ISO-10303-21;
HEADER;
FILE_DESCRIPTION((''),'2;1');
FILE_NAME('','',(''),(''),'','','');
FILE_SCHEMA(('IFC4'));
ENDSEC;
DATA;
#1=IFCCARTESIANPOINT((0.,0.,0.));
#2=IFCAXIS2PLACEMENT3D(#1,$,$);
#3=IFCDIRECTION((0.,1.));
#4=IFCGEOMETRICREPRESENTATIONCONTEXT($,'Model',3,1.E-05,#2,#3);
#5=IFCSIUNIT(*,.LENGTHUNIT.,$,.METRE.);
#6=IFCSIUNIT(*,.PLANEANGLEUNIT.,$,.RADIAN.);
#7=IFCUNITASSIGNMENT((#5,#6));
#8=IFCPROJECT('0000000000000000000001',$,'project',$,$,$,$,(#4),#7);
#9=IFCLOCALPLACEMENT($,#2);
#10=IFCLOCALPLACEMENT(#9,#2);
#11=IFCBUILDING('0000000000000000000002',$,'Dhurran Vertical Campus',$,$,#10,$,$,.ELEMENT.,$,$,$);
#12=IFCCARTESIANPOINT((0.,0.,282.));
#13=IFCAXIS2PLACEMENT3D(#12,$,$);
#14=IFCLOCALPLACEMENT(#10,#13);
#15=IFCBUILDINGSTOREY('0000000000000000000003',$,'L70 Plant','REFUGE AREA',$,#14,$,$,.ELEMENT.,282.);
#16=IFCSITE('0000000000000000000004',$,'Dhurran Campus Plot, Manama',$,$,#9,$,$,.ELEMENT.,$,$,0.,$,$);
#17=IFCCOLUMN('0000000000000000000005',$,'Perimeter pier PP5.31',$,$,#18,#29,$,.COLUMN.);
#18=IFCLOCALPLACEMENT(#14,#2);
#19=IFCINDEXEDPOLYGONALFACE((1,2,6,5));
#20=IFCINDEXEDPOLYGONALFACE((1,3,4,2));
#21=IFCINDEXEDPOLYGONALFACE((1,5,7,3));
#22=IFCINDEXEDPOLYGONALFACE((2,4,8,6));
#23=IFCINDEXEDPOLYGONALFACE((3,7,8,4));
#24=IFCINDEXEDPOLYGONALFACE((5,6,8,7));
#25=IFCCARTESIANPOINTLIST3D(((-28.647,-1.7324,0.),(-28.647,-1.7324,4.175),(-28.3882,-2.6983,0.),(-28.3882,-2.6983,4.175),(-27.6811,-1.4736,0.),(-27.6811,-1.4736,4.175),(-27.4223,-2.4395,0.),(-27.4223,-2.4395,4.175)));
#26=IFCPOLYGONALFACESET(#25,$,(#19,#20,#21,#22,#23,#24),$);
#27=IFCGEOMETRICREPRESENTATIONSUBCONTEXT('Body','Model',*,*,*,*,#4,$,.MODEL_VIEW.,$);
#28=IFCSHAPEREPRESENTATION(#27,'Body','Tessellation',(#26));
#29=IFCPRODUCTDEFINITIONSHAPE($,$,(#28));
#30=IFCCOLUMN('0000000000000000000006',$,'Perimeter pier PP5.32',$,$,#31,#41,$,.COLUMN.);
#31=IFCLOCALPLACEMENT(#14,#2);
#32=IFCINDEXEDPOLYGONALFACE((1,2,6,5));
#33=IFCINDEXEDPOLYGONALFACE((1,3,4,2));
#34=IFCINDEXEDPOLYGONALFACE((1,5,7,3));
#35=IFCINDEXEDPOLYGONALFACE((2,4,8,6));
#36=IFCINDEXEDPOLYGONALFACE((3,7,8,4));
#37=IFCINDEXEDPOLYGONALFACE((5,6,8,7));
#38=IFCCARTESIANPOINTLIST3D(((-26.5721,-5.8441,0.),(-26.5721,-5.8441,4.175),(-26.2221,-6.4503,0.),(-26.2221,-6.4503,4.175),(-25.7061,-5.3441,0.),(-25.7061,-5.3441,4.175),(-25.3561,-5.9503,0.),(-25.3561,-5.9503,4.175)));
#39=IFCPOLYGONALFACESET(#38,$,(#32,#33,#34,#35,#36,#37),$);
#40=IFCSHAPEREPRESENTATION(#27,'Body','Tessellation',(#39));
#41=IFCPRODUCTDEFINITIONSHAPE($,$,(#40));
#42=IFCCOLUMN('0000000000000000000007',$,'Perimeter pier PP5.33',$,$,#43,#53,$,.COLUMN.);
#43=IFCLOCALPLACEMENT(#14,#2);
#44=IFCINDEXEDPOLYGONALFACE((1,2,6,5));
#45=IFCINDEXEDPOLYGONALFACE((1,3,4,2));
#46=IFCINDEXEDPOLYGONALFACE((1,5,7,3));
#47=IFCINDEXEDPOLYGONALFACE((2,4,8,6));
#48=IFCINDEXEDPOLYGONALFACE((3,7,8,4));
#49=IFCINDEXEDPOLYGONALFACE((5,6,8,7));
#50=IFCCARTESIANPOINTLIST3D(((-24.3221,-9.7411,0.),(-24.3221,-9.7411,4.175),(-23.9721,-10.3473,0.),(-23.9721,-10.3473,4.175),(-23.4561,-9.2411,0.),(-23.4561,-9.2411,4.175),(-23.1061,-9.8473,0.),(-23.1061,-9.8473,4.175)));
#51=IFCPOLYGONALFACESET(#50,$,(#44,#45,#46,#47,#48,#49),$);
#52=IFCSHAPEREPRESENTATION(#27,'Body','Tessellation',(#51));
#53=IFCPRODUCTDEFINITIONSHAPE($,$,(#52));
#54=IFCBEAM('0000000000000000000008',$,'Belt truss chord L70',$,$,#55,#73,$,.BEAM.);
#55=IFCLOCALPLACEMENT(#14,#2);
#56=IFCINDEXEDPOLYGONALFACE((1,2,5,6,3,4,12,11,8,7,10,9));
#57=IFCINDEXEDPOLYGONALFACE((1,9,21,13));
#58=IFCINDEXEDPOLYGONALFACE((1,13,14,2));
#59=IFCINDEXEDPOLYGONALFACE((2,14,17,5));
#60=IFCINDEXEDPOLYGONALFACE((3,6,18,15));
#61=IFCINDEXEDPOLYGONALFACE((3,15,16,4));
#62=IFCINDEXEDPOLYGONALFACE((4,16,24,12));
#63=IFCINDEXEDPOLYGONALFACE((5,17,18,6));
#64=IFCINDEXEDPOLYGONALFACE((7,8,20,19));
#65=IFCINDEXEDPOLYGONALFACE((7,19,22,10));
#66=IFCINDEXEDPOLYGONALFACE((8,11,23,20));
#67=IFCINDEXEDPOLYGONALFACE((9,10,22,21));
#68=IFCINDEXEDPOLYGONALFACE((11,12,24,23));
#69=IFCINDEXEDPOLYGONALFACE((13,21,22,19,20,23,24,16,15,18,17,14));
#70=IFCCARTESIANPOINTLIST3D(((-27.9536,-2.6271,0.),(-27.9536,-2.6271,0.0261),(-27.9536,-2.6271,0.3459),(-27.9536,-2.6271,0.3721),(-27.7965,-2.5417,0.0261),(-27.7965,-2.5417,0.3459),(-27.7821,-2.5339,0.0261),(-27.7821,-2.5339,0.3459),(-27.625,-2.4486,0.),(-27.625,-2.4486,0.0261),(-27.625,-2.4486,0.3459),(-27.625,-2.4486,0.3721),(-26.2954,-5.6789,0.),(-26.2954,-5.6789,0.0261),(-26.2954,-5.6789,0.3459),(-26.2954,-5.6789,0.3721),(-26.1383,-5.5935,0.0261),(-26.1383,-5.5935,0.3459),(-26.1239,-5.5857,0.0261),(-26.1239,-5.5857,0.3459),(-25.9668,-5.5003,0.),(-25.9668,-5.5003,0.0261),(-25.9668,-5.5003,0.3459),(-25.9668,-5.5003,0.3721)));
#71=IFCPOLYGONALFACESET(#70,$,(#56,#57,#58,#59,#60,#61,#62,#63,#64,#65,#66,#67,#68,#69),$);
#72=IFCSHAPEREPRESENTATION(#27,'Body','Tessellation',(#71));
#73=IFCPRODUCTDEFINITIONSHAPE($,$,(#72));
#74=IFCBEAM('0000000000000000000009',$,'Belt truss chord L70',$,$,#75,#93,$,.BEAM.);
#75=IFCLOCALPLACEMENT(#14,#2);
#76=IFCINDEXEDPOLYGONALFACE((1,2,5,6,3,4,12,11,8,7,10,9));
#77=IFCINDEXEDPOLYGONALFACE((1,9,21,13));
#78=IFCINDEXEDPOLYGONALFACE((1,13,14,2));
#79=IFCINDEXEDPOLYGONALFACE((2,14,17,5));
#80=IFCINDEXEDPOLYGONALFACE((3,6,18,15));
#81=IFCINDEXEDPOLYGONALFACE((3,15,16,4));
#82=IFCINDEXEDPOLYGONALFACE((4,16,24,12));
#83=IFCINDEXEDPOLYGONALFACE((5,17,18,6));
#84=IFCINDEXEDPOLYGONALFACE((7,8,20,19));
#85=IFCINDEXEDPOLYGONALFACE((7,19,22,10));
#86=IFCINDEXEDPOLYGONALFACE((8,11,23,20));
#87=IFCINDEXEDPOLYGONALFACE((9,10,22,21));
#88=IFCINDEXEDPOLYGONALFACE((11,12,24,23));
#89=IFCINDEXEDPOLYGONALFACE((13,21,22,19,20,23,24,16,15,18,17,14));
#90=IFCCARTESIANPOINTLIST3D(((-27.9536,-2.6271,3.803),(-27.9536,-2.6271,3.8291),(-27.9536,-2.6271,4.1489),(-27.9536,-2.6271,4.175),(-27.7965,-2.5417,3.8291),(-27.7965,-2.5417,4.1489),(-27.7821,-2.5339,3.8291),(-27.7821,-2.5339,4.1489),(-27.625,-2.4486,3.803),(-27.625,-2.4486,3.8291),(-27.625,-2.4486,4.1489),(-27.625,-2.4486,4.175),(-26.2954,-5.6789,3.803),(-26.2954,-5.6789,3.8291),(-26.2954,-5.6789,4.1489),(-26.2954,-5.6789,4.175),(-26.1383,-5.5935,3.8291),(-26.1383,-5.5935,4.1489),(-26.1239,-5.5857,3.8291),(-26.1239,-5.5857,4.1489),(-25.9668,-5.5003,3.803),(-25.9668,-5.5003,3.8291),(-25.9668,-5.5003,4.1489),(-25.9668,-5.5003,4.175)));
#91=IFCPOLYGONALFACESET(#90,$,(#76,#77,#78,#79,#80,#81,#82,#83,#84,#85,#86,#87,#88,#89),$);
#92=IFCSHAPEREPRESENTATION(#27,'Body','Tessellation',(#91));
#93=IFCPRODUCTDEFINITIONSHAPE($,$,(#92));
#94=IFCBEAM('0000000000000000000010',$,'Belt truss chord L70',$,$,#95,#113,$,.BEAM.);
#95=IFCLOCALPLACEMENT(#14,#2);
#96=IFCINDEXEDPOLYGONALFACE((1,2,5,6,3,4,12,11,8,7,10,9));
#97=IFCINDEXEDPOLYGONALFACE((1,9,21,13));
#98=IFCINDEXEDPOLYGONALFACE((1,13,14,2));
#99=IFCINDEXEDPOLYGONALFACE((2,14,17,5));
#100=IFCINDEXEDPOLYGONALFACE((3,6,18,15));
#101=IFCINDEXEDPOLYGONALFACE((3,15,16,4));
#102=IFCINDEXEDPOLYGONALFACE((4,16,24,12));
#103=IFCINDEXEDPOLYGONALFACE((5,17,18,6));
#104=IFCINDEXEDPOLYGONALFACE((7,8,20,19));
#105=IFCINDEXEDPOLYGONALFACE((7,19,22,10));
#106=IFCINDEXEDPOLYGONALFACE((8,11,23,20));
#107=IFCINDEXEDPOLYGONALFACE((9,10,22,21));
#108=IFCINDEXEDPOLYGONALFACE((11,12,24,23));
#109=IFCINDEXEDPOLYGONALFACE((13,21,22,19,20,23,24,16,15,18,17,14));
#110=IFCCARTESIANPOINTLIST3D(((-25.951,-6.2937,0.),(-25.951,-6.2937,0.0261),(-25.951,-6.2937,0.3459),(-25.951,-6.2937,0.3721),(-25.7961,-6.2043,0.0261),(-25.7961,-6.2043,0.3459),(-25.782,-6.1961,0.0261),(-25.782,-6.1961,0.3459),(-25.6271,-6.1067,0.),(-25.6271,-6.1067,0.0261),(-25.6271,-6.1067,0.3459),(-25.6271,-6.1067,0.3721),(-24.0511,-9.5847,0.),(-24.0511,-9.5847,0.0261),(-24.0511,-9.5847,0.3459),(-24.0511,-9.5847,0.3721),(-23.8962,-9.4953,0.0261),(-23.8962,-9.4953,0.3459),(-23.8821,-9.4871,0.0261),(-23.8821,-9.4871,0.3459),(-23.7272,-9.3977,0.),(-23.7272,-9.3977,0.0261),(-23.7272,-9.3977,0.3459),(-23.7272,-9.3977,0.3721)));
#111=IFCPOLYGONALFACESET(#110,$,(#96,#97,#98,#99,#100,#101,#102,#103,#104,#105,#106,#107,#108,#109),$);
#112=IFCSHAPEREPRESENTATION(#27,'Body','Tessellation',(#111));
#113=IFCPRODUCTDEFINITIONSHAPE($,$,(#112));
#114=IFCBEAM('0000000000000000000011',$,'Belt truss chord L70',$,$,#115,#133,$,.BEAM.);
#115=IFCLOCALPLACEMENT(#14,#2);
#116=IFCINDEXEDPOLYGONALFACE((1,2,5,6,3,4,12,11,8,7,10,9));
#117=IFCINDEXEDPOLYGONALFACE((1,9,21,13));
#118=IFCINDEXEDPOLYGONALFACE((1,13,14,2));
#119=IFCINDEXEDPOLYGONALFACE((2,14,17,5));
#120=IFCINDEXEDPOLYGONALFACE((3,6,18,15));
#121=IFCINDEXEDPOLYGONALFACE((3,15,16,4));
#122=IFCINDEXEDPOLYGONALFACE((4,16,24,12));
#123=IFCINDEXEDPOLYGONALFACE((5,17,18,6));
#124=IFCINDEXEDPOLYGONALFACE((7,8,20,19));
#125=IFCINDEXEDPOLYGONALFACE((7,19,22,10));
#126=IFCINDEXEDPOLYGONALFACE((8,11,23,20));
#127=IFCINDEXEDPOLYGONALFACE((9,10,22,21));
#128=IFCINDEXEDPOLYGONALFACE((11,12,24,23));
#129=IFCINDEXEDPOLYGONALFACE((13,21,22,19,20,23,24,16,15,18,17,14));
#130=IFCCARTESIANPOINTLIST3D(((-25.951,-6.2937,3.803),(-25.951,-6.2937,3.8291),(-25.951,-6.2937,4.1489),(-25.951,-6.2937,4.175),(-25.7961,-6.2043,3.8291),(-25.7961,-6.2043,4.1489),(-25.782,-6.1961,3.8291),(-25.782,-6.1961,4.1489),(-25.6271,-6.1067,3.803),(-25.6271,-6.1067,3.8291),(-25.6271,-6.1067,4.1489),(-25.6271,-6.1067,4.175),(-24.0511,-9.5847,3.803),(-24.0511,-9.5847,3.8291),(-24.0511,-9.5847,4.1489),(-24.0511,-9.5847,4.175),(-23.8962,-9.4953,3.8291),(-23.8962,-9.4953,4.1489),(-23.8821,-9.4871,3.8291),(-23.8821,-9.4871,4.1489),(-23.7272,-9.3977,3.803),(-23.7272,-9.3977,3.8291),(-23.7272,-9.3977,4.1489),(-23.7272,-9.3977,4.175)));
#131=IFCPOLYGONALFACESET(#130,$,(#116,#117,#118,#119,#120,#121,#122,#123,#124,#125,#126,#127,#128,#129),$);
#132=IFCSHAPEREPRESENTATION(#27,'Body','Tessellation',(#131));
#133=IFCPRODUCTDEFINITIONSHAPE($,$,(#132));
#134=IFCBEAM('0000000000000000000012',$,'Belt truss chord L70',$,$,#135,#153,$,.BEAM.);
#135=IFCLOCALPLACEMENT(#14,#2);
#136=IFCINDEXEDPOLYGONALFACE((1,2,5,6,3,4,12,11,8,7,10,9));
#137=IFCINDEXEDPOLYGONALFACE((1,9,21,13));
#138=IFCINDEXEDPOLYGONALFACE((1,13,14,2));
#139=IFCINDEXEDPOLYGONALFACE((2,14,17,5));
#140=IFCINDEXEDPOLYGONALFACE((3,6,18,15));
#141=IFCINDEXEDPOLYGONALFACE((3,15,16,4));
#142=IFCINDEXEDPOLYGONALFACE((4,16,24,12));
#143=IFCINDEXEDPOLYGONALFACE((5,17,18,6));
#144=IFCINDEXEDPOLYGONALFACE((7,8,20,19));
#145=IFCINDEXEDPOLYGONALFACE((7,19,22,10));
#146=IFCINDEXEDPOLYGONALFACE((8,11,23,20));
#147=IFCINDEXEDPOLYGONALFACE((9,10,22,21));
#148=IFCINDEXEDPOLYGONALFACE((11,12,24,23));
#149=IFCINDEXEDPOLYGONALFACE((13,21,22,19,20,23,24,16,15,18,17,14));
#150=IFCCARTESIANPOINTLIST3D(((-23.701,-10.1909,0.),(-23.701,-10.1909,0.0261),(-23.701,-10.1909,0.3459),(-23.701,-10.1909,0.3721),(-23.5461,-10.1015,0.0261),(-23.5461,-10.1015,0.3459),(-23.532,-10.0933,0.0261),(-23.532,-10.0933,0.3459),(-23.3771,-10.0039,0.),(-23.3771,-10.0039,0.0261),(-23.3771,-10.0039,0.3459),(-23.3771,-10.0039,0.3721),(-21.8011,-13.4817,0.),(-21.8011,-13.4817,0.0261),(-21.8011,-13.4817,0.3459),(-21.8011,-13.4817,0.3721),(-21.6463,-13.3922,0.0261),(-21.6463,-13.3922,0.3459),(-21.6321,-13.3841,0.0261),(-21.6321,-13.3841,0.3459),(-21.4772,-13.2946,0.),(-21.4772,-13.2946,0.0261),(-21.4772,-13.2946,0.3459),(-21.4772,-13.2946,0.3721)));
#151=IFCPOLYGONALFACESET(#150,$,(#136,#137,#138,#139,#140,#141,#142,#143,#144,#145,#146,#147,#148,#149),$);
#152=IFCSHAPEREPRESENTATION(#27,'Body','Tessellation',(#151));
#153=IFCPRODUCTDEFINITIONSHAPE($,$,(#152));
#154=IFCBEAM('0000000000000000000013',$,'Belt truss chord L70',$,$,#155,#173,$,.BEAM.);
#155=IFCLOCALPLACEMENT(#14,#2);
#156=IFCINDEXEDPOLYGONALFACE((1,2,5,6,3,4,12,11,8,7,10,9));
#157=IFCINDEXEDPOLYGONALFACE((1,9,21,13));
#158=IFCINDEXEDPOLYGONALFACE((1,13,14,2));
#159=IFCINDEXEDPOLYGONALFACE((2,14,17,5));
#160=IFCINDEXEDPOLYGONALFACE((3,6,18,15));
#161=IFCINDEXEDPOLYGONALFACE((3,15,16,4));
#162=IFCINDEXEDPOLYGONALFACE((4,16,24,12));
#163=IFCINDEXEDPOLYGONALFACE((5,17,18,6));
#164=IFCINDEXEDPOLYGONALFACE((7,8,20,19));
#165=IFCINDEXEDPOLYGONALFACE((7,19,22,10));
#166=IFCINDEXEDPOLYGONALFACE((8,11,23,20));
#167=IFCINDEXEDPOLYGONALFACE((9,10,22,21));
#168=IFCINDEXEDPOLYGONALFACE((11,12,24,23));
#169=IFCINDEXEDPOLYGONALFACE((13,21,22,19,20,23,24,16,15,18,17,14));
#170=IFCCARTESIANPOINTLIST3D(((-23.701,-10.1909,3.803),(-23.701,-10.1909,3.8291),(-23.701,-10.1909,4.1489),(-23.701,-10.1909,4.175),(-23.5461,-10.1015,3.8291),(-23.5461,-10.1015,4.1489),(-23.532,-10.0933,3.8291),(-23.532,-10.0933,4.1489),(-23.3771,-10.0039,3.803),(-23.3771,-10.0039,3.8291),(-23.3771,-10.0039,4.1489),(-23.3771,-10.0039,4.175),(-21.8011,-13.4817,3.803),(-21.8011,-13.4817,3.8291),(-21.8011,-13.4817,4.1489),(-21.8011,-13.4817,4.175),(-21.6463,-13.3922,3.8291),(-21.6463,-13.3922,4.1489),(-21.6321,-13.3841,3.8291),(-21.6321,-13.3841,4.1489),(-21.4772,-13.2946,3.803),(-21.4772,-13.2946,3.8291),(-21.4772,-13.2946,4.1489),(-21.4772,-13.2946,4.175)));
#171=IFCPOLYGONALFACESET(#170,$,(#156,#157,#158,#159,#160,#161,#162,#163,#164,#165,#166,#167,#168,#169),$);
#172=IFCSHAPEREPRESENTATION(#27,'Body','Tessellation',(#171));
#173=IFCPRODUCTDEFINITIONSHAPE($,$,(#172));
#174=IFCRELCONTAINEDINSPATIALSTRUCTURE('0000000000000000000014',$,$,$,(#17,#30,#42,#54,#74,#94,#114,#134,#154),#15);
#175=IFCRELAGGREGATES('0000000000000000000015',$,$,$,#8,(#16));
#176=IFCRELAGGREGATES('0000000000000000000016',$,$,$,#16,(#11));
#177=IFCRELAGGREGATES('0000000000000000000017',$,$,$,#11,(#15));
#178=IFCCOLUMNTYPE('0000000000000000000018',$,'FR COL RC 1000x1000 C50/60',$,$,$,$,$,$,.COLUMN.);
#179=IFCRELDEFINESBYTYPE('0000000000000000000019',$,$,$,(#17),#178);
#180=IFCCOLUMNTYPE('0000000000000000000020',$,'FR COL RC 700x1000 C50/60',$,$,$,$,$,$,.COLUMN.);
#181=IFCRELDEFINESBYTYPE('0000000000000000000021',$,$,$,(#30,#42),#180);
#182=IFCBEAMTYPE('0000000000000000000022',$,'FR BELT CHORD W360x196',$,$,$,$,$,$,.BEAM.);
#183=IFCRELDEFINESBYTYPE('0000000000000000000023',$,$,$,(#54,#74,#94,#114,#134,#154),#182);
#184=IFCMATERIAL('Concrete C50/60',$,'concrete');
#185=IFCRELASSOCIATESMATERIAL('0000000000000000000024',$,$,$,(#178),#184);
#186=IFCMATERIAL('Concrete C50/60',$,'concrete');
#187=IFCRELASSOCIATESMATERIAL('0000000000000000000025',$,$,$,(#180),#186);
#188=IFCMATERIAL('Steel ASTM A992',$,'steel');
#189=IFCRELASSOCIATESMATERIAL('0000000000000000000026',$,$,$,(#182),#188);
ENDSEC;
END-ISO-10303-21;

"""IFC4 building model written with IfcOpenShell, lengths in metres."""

from ifc_helpers import new_model, si_unit, direction, frame, origin, origin_2d, place, context, subcontext, project, spatial, rectangle, i_section, extrude, material, material_profile, profile_set, type_object, element, save


model = new_model("IFC4")

# Units and contexts
model_context = context("Model", 3, precision=1e-05, world=origin(), true_north=direction((0.0, 1.0)))
body_context = subcontext(model_context, "Body", "Model", "MODEL_VIEW")
ifc_project = project(units=[si_unit("LENGTHUNIT", "METRE"), si_unit("PLANEANGLEUNIT", "RADIAN")], contexts=[model_context])

# Site, building, storey
site_placement = place(None, origin())
site = spatial("IfcSite", under=ifc_project, at=site_placement, Name="Dhurran Campus Plot, Manama", CompositionType="ELEMENT", RefElevation=0.0)
building_placement = place(site_placement, origin())
building = spatial("IfcBuilding", under=site, at=building_placement, Name="Dhurran Vertical Campus", CompositionType="ELEMENT")
storey_placement = place(building_placement, frame((0.0, 0.0, 282.0)))
storey = spatial("IfcBuildingStorey", under=building, at=storey_placement, Name="L70 Plant", Description="REFUGE AREA", CompositionType="ELEMENT", Elevation=282.0)

# Columns
ifc_material_1 = material(Name="Concrete C50/60", Category="concrete")
ifc_material_profile_1 = material_profile(ifc_material_1, rectangle(XDim=1.0, YDim=1.0, at=origin_2d()), Name="RC 1000x1000")
ifc_profile_set_1 = profile_set([ifc_material_profile_1], Name="Concrete C50/60")
column_type_1 = type_object("IfcColumnType", Name="FR COL RC 1000x1000 C50/60", PredefinedType="COLUMN", material=ifc_profile_set_1)
column_placement = place(storey_placement, frame((-28.0347, -2.0859, 0.0), z_axis=(0.0, 0.0, 1.0), x_axis=(0.258819, -0.965926, 0.0)))
element("IfcColumn", 1, at=column_placement, inside=storey, type_object=column_type_1, Name="Perimeter pier PP5.31", PredefinedType="COLUMN", context=body_context, shape_type="SweptSolid", body=[
    extrude(rectangle(XDim=1.0, YDim=1.0, at=origin_2d()), origin(), (0.0, 0.0, 1.0), 4.175),
])
ifc_material_2 = material(Name="Concrete C50/60", Category="concrete")
ifc_material_profile_2 = material_profile(ifc_material_2, rectangle(XDim=0.7, YDim=1.0, at=origin_2d()), Name="RC 700x1000")
ifc_profile_set_2 = profile_set([ifc_material_profile_2], Name="Concrete C50/60")
column_type_2 = type_object("IfcColumnType", Name="FR COL RC 700x1000 C50/60", PredefinedType="COLUMN", material=ifc_profile_set_2)
for number, where, z_axis, x_axis, name in (
    (2, (-25.9641, -5.8972, 0.0), (0.0, 0.0, 1.0), (0.5, -0.866025, 0.0), "Perimeter pier PP5.32"),
    (3, (-23.7141, -9.7942, 0.0), (0.0, 0.0, 1.0), (0.5, -0.866025, 0.0), "Perimeter pier PP5.33"),
):
    element("IfcColumn", number, at=place(storey_placement, frame(where, z_axis=z_axis, x_axis=x_axis)), inside=storey, type_object=column_type_2, Name=name, PredefinedType="COLUMN", context=body_context, shape_type="SweptSolid", body=[
        extrude(rectangle(XDim=0.7, YDim=1.0, at=origin_2d()), origin(), (0.0, 0.0, 1.0), 4.175),
    ])

# Beams
ifc_material_3 = material(Name="Steel ASTM A992", Category="steel")
ifc_material_profile_3 = material_profile(ifc_material_3, i_section(OverallWidth=0.374, OverallDepth=0.3721, WebThickness=0.0164, FlangeThickness=0.0261, at=origin_2d()), Name="W360x196")
ifc_profile_set_3 = profile_set([ifc_material_profile_3], Name="Steel ASTM A992")
beam_type = type_object("IfcBeamType", Name="FR BELT CHORD W360x196", PredefinedType="BEAM", material=ifc_profile_set_3)
for number, where, z_axis, x_axis, name in (
    (4, (-27.7893, -2.5378, 0.186), (0.477433, -0.878668, 0.0), (0.878668, 0.477433, 0.0), "Belt truss chord L70"),
    (5, (-27.7893, -2.5378, 3.989), (0.477433, -0.878668, 0.0), (0.878668, 0.477433, 0.0), "Belt truss chord L70"),
):
    element("IfcBeam", number, at=place(storey_placement, frame(where, z_axis=z_axis, x_axis=x_axis)), inside=storey, type_object=beam_type, Name=name, PredefinedType="BEAM", context=body_context, shape_type="SweptSolid", body=[
        extrude(i_section(OverallWidth=0.374, OverallDepth=0.3721, WebThickness=0.0164, FlangeThickness=0.0261, at=origin_2d()), origin(), (0.0, 0.0, 1.0), 3.4731),
    ])
for number, where, z_axis, x_axis, name in (
    (6, (-25.7891, -6.2002, 0.186), (0.499967, -0.866044, 0.0), (0.866044, 0.499967, 0.0), "Belt truss chord L70"),
    (7, (-25.7891, -6.2002, 3.989), (0.499967, -0.866044, 0.0), (0.866044, 0.499967, 0.0), "Belt truss chord L70"),
):
    element("IfcBeam", number, at=place(storey_placement, frame(where, z_axis=z_axis, x_axis=x_axis)), inside=storey, type_object=beam_type, Name=name, PredefinedType="BEAM", context=body_context, shape_type="SweptSolid", body=[
        extrude(i_section(OverallWidth=0.374, OverallDepth=0.3721, WebThickness=0.0164, FlangeThickness=0.0261, at=origin_2d()), origin(), (0.0, 0.0, 1.0), 3.8),
    ])
for number, where, z_axis, x_axis, name in (
    (8, (-23.5391, -10.0974, 0.186), (0.499995, -0.866028, 0.0), (0.866028, 0.499995, 0.0), "Belt truss chord L70"),
    (9, (-23.5391, -10.0974, 3.989), (0.499995, -0.866028, 0.0), (0.866028, 0.499995, 0.0), "Belt truss chord L70"),
):
    element("IfcBeam", number, at=place(storey_placement, frame(where, z_axis=z_axis, x_axis=x_axis)), inside=storey, type_object=beam_type, Name=name, PredefinedType="BEAM", context=body_context, shape_type="SweptSolid", body=[
        extrude(i_section(OverallWidth=0.374, OverallDepth=0.3721, WebThickness=0.0164, FlangeThickness=0.0261, at=origin_2d()), origin(), (0.0, 0.0, 1.0), 3.7998),
    ])

save(model, "model.ifc")
